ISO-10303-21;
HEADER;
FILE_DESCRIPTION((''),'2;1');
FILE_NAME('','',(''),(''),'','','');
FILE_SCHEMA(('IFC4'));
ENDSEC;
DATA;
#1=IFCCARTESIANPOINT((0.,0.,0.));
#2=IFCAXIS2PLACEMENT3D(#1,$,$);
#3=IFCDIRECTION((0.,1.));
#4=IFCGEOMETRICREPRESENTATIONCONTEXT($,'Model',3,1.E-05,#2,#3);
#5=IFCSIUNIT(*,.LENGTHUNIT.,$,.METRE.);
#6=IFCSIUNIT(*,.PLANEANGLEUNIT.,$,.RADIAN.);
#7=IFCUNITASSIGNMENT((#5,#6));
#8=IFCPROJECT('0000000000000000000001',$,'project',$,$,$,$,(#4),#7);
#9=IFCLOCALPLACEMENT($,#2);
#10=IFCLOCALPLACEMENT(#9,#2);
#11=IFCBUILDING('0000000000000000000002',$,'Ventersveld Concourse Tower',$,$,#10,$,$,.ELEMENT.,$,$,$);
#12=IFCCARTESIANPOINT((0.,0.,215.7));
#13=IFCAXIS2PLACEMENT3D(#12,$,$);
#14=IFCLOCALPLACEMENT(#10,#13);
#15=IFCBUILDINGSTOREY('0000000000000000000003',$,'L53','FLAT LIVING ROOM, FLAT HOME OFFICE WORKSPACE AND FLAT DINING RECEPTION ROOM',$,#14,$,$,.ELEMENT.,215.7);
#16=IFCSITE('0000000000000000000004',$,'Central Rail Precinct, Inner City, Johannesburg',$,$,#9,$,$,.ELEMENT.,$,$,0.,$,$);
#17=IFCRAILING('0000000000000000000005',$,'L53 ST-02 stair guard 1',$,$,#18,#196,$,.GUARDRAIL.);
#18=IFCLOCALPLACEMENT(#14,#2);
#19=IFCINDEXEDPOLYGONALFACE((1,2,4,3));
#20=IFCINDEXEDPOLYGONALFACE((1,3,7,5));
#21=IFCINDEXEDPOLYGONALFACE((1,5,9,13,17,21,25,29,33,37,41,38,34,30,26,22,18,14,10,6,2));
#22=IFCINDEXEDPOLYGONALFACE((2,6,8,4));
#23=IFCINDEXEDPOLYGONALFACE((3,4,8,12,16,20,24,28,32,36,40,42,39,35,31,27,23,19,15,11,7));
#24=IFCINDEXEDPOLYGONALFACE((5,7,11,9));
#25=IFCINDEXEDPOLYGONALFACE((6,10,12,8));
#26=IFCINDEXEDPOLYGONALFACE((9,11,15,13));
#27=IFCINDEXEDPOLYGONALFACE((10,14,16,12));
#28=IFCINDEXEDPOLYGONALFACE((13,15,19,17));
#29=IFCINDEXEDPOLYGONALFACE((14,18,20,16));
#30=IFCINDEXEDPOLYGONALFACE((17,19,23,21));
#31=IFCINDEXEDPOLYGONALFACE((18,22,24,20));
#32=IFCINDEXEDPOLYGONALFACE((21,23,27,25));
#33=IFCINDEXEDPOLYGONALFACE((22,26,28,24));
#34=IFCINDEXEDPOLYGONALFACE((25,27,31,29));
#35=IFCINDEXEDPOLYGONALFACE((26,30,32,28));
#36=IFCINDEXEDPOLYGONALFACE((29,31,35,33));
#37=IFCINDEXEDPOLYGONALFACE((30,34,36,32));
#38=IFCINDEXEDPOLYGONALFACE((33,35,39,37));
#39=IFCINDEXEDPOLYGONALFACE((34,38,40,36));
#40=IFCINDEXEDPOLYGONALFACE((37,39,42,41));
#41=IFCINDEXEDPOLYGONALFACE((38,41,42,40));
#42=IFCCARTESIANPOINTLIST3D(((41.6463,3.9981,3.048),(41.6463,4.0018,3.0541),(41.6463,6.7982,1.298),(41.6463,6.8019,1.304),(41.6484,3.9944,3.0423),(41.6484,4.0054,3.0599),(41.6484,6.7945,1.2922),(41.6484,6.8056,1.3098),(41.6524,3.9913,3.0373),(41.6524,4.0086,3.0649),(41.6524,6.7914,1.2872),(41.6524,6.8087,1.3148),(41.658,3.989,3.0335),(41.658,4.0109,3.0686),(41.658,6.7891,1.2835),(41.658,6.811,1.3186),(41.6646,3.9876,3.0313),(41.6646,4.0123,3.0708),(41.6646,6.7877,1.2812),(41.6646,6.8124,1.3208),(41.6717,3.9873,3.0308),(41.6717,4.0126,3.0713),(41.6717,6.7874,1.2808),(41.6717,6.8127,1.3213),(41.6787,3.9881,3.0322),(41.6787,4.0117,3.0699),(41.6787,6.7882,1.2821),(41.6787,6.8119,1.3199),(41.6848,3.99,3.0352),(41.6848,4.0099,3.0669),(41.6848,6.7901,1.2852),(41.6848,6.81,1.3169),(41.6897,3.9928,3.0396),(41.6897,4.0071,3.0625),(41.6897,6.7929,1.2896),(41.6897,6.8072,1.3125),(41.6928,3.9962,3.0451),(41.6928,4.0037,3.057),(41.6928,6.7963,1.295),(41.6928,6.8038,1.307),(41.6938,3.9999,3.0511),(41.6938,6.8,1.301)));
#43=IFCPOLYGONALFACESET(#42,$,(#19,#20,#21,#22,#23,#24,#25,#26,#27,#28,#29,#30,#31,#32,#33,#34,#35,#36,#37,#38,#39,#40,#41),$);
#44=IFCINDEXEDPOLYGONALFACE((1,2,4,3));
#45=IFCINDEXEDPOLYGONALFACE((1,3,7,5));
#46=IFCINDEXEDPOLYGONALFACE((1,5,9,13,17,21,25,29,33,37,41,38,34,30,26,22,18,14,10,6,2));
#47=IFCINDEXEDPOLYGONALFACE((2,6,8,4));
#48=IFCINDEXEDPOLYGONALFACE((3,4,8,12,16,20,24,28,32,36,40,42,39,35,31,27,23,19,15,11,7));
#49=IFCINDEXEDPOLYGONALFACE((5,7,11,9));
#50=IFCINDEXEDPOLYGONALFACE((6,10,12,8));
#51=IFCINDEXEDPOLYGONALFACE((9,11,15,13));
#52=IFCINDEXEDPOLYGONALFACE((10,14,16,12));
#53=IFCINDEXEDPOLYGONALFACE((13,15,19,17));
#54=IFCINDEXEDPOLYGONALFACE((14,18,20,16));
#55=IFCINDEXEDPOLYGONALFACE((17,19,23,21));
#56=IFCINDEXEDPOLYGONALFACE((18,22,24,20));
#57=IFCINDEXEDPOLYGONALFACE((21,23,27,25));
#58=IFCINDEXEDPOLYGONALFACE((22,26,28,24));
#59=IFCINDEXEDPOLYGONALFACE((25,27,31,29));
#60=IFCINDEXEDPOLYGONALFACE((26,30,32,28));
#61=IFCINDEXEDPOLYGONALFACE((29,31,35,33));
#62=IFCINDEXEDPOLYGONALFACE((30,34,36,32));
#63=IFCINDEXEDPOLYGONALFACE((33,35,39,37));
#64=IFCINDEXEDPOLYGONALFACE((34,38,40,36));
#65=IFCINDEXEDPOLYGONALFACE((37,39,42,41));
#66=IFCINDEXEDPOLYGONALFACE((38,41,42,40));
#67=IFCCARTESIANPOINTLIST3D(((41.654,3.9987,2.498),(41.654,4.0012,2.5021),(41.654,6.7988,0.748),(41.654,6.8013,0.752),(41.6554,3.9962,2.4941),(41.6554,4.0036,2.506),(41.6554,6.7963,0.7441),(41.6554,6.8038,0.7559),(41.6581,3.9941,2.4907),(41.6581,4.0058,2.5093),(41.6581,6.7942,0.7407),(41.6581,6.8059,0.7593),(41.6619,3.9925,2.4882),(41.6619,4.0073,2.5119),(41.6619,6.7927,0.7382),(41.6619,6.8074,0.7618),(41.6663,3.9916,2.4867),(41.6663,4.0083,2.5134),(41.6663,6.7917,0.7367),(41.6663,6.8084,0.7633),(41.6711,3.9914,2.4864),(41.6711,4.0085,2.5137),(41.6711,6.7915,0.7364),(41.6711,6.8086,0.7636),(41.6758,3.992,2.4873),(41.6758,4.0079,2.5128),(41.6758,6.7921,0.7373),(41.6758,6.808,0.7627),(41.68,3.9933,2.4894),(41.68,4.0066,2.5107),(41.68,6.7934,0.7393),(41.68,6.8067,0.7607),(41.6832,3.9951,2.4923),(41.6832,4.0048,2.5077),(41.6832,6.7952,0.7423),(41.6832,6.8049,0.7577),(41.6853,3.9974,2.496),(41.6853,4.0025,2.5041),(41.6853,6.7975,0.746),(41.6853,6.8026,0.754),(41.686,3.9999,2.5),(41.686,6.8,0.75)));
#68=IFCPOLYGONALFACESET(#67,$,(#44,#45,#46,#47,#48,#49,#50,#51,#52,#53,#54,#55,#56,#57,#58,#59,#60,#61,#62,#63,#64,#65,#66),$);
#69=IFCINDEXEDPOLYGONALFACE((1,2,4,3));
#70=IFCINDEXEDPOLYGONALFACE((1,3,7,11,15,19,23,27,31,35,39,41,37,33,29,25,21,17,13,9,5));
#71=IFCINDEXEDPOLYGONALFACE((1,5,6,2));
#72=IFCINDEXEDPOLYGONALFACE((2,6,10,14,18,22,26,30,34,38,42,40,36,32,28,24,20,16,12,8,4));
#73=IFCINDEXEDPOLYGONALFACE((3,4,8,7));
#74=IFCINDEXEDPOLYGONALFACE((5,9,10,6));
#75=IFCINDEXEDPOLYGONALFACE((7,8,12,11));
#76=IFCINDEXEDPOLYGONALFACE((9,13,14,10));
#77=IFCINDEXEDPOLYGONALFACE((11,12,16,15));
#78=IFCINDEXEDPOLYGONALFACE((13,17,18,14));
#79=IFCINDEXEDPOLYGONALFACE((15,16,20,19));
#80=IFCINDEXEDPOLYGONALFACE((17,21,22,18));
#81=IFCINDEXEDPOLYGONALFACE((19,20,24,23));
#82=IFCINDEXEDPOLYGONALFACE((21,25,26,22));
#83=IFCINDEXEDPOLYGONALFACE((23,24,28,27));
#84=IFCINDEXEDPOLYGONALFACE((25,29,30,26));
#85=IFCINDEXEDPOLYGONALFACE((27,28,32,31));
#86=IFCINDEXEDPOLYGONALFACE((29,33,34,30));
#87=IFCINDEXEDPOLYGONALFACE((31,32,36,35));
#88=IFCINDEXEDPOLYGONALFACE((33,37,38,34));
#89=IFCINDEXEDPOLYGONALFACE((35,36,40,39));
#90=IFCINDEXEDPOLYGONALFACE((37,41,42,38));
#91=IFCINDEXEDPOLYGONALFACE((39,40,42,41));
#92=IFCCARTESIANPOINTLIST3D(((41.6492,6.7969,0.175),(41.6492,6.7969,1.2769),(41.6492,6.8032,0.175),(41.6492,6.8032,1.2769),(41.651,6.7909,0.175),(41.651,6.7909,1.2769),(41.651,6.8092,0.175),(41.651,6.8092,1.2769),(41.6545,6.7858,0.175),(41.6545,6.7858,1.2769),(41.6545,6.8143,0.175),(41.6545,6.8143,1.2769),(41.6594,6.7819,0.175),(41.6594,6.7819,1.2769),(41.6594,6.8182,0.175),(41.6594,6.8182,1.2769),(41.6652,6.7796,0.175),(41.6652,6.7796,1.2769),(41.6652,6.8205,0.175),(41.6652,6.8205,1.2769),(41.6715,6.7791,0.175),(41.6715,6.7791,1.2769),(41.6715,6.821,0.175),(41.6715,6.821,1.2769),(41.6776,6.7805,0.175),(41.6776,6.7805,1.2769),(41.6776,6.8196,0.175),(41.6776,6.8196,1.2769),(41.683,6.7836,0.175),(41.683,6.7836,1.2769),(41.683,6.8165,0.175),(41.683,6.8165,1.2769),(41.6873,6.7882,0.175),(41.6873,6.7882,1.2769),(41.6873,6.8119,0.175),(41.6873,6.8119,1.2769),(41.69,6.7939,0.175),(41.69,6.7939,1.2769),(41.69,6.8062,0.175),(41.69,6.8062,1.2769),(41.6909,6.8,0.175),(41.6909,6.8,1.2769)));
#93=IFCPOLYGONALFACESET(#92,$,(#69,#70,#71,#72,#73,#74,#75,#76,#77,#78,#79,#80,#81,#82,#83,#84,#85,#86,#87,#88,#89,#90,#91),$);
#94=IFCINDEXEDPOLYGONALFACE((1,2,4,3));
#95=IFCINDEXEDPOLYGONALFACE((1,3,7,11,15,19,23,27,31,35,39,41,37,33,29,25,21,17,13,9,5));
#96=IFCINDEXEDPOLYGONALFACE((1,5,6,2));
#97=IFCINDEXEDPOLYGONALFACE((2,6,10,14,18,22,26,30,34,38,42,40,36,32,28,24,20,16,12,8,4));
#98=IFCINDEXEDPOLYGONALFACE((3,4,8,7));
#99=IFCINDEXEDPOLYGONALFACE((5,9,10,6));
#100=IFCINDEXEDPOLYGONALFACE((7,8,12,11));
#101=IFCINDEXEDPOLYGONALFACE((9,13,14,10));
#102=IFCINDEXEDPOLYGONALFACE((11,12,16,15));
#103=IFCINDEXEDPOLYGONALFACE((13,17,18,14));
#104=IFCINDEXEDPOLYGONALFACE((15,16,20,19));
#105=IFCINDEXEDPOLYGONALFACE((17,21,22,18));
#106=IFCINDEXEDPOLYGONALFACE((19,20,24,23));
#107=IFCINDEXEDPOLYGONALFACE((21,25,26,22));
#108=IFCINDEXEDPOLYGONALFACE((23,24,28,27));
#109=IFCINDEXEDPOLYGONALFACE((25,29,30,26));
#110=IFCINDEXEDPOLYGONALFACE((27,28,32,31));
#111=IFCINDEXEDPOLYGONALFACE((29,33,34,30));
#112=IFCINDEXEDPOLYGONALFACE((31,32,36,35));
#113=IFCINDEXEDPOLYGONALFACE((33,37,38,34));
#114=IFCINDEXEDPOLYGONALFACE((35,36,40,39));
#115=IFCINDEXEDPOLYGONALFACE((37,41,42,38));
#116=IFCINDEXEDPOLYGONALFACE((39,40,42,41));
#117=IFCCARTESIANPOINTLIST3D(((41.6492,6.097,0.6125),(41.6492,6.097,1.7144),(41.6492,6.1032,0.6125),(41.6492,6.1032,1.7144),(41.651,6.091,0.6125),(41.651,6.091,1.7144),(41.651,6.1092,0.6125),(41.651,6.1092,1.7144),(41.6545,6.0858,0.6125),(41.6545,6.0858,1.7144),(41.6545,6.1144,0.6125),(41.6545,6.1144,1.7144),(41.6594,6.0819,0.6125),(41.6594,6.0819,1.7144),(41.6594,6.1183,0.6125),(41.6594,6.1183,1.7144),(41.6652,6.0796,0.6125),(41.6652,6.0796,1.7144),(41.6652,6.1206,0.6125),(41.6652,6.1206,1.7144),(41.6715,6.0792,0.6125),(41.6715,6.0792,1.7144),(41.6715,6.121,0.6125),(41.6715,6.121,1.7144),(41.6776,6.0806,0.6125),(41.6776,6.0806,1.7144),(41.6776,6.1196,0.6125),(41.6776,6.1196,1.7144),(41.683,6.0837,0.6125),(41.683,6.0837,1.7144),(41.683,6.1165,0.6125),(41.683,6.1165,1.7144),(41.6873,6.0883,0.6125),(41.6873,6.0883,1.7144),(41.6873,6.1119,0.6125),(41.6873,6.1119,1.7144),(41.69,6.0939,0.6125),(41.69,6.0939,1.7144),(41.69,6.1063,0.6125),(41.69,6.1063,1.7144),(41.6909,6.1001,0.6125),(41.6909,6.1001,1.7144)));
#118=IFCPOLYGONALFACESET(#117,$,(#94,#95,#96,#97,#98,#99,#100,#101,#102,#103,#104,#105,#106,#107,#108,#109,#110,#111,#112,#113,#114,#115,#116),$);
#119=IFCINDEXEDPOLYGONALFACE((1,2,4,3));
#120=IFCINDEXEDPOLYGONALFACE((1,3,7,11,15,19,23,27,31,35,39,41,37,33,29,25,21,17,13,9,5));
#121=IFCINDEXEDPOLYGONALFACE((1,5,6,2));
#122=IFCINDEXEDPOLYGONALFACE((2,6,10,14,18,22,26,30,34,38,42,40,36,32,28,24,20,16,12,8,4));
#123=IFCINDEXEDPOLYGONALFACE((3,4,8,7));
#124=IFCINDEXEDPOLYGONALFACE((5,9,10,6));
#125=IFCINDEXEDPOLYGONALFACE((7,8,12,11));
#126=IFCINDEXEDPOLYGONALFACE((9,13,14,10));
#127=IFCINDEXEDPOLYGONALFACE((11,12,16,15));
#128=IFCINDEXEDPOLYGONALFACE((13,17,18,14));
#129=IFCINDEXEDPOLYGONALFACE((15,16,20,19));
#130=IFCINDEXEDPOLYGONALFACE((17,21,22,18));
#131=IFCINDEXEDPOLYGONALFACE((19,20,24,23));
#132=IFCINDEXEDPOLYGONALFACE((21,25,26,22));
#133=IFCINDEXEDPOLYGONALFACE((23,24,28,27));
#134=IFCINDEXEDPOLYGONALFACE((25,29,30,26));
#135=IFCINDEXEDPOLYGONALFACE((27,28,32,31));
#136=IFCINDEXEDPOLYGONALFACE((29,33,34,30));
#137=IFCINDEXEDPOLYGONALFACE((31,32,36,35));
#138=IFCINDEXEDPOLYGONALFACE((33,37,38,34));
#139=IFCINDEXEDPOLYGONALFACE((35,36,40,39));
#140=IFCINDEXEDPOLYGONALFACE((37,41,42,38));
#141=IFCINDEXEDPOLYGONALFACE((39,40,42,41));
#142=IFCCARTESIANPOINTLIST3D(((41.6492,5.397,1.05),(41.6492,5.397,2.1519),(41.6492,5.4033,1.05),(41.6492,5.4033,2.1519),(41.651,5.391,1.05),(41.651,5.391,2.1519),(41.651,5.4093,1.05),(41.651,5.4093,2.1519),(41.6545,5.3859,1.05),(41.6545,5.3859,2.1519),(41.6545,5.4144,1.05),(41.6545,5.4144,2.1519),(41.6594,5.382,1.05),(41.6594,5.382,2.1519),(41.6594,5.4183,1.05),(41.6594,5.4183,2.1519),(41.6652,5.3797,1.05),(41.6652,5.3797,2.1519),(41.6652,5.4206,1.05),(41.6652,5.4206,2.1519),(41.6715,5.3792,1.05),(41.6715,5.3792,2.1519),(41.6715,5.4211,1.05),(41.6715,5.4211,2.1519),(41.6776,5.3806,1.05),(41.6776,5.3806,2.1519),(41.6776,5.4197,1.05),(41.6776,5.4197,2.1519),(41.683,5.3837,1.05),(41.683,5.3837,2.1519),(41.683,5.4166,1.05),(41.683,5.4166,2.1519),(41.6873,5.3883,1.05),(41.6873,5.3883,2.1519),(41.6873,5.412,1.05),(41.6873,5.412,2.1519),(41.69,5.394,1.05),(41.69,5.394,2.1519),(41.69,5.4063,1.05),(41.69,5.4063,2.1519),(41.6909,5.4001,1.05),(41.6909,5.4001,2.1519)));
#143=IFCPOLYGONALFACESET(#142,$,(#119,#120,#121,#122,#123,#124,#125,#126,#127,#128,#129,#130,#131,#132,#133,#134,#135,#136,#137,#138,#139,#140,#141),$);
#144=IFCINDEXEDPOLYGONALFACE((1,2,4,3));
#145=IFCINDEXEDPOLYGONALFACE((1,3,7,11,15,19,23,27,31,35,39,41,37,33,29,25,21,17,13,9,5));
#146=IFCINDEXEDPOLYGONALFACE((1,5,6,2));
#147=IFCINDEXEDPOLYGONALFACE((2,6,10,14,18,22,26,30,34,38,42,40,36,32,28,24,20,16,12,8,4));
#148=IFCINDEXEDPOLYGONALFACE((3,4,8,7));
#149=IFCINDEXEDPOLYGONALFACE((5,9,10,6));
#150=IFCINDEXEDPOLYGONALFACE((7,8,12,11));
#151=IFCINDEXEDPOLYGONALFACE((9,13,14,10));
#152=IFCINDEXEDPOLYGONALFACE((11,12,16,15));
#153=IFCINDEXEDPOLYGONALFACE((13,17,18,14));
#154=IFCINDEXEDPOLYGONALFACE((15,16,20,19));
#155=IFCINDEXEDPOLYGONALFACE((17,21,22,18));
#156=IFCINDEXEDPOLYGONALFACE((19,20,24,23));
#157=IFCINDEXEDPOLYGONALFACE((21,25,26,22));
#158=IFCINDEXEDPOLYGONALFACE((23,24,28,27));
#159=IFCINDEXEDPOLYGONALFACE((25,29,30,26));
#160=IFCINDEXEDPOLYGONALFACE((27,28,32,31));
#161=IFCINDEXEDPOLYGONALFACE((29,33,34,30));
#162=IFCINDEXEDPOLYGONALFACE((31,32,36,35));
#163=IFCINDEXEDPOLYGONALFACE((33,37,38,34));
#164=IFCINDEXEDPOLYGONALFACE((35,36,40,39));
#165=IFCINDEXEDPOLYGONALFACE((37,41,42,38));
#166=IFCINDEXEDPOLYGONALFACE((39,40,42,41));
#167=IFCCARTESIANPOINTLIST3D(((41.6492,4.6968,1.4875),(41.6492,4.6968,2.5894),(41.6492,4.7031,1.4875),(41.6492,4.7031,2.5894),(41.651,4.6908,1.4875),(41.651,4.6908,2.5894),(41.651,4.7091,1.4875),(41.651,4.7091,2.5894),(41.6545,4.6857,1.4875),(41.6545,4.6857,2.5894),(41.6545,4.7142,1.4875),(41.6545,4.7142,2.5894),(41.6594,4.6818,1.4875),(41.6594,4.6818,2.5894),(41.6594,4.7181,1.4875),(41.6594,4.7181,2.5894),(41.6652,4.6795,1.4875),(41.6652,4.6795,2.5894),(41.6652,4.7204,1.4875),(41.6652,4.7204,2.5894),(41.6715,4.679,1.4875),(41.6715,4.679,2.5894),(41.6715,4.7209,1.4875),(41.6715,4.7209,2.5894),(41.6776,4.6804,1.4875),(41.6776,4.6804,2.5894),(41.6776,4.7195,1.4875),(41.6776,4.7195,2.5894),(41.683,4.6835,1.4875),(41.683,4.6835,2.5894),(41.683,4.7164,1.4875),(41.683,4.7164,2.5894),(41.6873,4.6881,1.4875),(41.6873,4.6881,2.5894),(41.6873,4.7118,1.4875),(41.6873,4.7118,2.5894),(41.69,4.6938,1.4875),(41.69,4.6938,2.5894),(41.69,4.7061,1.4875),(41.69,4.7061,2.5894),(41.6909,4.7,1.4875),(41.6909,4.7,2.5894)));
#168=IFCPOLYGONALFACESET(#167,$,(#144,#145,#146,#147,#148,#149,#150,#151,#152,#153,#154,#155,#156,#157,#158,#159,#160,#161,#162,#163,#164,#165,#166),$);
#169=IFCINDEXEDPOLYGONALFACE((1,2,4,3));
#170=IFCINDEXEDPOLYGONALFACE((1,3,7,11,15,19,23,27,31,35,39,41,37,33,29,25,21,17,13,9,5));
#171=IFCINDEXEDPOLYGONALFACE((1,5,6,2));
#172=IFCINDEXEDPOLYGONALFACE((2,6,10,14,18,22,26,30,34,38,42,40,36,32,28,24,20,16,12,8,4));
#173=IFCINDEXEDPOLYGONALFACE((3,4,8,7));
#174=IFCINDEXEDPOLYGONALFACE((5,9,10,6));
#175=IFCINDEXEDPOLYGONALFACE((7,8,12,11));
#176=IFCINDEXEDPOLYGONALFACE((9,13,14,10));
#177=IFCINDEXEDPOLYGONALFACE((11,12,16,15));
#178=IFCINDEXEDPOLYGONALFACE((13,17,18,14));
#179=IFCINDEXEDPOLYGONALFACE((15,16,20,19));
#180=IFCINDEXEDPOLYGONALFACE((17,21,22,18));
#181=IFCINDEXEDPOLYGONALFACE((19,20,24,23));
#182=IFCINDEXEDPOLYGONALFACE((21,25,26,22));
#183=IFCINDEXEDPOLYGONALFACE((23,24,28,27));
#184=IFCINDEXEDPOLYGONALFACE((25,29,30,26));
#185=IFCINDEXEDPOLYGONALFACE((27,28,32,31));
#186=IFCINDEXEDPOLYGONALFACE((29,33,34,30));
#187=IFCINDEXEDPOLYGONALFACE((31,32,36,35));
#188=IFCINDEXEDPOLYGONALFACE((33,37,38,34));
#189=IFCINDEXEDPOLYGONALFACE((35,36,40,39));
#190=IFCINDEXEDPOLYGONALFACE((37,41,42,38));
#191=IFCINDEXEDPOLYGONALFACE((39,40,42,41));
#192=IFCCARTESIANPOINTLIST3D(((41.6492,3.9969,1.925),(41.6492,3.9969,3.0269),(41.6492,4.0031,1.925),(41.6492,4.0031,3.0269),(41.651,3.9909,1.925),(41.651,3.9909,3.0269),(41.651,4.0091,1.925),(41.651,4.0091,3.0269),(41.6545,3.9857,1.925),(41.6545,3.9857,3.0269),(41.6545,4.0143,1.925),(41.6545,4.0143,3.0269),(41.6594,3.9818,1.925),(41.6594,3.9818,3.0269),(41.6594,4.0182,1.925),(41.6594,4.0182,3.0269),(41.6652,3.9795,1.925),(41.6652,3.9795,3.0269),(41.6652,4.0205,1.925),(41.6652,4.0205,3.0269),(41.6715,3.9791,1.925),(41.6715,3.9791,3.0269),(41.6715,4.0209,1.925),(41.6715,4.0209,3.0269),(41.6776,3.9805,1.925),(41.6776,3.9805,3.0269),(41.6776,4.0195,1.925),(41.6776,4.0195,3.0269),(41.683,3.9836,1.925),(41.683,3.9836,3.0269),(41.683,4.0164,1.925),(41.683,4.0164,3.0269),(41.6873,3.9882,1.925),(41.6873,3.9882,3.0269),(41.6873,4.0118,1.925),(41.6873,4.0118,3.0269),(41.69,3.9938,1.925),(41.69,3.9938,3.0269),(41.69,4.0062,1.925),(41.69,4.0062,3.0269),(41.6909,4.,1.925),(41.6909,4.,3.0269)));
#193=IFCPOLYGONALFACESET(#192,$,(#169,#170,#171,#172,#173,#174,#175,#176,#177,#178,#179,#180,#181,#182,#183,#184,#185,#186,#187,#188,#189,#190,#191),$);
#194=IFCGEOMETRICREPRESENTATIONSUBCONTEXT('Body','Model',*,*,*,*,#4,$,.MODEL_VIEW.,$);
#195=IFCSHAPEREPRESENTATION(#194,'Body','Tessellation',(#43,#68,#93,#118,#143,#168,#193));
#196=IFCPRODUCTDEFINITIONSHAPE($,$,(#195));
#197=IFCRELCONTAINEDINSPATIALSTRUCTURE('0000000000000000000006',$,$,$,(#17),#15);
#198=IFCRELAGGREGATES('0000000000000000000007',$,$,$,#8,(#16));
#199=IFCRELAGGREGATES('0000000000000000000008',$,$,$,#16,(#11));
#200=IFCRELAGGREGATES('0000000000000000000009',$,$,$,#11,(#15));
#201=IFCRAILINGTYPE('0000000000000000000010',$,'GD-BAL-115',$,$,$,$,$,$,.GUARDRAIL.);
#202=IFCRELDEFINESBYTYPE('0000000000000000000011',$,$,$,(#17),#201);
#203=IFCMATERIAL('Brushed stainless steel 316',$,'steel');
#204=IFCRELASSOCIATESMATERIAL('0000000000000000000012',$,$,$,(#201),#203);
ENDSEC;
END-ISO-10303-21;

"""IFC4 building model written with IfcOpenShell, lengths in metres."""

from ifc_helpers import new_model, si_unit, direction, frame, origin, origin_2d, place, context, subcontext, project, spatial, circle, extrude, material, type_object, element, save


model = new_model("IFC4")

# Units and contexts
model_context = context("Model", 3, precision=1e-05, world=origin(), true_north=direction((0.0, 1.0)))
body_context = subcontext(model_context, "Body", "Model", "MODEL_VIEW")
ifc_project = project(units=[si_unit("LENGTHUNIT", "METRE"), si_unit("PLANEANGLEUNIT", "RADIAN")], contexts=[model_context])

# Site, building, storey
site_placement = place(None, origin())
site = spatial("IfcSite", under=ifc_project, at=site_placement, Name="Central Rail Precinct, Inner City, Johannesburg", CompositionType="ELEMENT", RefElevation=0.0)
building_placement = place(site_placement, origin())
building = spatial("IfcBuilding", under=site, at=building_placement, Name="Ventersveld Concourse Tower", CompositionType="ELEMENT")
storey_placement = place(building_placement, frame((0.0, 0.0, 215.7)))
storey = spatial("IfcBuildingStorey", under=building, at=storey_placement, Name="L53", Description="FLAT LIVING ROOM, FLAT HOME OFFICE WORKSPACE AND FLAT DINING RECEPTION ROOM", CompositionType="ELEMENT", Elevation=215.7)

# Shared definitions
ifc_material_1 = material(Name="Brushed stainless steel 316", Category="steel")

# Railing
railing_type_1 = type_object("IfcRailingType", Name="GD-BAL-115", PredefinedType="GUARDRAIL", material=ifc_material_1)
railing_1_placement = place(storey_placement, frame((41.6699, 6.8, 0.175)))
element("IfcRailing", 1, at=railing_1_placement, inside=storey, type_object=railing_type_1, Name="L53 ST-02 stair guard 1", PredefinedType="GUARDRAIL", context=body_context, shape_type="SweptSolid", body=[
    extrude(circle(Radius=0.0239, at=origin_2d()), frame((0.0, 0.0, 1.126), z_axis=(0.0, -0.848002, 0.529992), x_axis=(1.0, 0.0, 0.0)), (0.0, 0.0, 1.0), 3.302),
    extrude(circle(Radius=0.0161, at=origin_2d()), frame((0.0, 0.0, 0.575), z_axis=(0.0, -0.848002, 0.529992), x_axis=(1.0, 0.0, 0.0)), (0.0, 0.0, 1.0), 3.302),
    extrude(circle(Radius=0.021, at=origin_2d()), origin(), (0.0, 0.0, 1.0), 1.1018),
    extrude(circle(Radius=0.021, at=origin_2d()), frame((0.0, -0.7, 0.4375)), (0.0, 0.0, 1.0), 1.1018),
    extrude(circle(Radius=0.021, at=origin_2d()), frame((0.0, -1.3999, 0.875)), (0.0, 0.0, 1.0), 1.1018),
    extrude(circle(Radius=0.021, at=origin_2d()), frame((0.0, -2.1001, 1.3125)), (0.0, 0.0, 1.0), 1.1018),
    extrude(circle(Radius=0.021, at=origin_2d()), frame((0.0, -2.8, 1.75)), (0.0, 0.0, 1.0), 1.1018),
])

save(model, "model.ifc")
